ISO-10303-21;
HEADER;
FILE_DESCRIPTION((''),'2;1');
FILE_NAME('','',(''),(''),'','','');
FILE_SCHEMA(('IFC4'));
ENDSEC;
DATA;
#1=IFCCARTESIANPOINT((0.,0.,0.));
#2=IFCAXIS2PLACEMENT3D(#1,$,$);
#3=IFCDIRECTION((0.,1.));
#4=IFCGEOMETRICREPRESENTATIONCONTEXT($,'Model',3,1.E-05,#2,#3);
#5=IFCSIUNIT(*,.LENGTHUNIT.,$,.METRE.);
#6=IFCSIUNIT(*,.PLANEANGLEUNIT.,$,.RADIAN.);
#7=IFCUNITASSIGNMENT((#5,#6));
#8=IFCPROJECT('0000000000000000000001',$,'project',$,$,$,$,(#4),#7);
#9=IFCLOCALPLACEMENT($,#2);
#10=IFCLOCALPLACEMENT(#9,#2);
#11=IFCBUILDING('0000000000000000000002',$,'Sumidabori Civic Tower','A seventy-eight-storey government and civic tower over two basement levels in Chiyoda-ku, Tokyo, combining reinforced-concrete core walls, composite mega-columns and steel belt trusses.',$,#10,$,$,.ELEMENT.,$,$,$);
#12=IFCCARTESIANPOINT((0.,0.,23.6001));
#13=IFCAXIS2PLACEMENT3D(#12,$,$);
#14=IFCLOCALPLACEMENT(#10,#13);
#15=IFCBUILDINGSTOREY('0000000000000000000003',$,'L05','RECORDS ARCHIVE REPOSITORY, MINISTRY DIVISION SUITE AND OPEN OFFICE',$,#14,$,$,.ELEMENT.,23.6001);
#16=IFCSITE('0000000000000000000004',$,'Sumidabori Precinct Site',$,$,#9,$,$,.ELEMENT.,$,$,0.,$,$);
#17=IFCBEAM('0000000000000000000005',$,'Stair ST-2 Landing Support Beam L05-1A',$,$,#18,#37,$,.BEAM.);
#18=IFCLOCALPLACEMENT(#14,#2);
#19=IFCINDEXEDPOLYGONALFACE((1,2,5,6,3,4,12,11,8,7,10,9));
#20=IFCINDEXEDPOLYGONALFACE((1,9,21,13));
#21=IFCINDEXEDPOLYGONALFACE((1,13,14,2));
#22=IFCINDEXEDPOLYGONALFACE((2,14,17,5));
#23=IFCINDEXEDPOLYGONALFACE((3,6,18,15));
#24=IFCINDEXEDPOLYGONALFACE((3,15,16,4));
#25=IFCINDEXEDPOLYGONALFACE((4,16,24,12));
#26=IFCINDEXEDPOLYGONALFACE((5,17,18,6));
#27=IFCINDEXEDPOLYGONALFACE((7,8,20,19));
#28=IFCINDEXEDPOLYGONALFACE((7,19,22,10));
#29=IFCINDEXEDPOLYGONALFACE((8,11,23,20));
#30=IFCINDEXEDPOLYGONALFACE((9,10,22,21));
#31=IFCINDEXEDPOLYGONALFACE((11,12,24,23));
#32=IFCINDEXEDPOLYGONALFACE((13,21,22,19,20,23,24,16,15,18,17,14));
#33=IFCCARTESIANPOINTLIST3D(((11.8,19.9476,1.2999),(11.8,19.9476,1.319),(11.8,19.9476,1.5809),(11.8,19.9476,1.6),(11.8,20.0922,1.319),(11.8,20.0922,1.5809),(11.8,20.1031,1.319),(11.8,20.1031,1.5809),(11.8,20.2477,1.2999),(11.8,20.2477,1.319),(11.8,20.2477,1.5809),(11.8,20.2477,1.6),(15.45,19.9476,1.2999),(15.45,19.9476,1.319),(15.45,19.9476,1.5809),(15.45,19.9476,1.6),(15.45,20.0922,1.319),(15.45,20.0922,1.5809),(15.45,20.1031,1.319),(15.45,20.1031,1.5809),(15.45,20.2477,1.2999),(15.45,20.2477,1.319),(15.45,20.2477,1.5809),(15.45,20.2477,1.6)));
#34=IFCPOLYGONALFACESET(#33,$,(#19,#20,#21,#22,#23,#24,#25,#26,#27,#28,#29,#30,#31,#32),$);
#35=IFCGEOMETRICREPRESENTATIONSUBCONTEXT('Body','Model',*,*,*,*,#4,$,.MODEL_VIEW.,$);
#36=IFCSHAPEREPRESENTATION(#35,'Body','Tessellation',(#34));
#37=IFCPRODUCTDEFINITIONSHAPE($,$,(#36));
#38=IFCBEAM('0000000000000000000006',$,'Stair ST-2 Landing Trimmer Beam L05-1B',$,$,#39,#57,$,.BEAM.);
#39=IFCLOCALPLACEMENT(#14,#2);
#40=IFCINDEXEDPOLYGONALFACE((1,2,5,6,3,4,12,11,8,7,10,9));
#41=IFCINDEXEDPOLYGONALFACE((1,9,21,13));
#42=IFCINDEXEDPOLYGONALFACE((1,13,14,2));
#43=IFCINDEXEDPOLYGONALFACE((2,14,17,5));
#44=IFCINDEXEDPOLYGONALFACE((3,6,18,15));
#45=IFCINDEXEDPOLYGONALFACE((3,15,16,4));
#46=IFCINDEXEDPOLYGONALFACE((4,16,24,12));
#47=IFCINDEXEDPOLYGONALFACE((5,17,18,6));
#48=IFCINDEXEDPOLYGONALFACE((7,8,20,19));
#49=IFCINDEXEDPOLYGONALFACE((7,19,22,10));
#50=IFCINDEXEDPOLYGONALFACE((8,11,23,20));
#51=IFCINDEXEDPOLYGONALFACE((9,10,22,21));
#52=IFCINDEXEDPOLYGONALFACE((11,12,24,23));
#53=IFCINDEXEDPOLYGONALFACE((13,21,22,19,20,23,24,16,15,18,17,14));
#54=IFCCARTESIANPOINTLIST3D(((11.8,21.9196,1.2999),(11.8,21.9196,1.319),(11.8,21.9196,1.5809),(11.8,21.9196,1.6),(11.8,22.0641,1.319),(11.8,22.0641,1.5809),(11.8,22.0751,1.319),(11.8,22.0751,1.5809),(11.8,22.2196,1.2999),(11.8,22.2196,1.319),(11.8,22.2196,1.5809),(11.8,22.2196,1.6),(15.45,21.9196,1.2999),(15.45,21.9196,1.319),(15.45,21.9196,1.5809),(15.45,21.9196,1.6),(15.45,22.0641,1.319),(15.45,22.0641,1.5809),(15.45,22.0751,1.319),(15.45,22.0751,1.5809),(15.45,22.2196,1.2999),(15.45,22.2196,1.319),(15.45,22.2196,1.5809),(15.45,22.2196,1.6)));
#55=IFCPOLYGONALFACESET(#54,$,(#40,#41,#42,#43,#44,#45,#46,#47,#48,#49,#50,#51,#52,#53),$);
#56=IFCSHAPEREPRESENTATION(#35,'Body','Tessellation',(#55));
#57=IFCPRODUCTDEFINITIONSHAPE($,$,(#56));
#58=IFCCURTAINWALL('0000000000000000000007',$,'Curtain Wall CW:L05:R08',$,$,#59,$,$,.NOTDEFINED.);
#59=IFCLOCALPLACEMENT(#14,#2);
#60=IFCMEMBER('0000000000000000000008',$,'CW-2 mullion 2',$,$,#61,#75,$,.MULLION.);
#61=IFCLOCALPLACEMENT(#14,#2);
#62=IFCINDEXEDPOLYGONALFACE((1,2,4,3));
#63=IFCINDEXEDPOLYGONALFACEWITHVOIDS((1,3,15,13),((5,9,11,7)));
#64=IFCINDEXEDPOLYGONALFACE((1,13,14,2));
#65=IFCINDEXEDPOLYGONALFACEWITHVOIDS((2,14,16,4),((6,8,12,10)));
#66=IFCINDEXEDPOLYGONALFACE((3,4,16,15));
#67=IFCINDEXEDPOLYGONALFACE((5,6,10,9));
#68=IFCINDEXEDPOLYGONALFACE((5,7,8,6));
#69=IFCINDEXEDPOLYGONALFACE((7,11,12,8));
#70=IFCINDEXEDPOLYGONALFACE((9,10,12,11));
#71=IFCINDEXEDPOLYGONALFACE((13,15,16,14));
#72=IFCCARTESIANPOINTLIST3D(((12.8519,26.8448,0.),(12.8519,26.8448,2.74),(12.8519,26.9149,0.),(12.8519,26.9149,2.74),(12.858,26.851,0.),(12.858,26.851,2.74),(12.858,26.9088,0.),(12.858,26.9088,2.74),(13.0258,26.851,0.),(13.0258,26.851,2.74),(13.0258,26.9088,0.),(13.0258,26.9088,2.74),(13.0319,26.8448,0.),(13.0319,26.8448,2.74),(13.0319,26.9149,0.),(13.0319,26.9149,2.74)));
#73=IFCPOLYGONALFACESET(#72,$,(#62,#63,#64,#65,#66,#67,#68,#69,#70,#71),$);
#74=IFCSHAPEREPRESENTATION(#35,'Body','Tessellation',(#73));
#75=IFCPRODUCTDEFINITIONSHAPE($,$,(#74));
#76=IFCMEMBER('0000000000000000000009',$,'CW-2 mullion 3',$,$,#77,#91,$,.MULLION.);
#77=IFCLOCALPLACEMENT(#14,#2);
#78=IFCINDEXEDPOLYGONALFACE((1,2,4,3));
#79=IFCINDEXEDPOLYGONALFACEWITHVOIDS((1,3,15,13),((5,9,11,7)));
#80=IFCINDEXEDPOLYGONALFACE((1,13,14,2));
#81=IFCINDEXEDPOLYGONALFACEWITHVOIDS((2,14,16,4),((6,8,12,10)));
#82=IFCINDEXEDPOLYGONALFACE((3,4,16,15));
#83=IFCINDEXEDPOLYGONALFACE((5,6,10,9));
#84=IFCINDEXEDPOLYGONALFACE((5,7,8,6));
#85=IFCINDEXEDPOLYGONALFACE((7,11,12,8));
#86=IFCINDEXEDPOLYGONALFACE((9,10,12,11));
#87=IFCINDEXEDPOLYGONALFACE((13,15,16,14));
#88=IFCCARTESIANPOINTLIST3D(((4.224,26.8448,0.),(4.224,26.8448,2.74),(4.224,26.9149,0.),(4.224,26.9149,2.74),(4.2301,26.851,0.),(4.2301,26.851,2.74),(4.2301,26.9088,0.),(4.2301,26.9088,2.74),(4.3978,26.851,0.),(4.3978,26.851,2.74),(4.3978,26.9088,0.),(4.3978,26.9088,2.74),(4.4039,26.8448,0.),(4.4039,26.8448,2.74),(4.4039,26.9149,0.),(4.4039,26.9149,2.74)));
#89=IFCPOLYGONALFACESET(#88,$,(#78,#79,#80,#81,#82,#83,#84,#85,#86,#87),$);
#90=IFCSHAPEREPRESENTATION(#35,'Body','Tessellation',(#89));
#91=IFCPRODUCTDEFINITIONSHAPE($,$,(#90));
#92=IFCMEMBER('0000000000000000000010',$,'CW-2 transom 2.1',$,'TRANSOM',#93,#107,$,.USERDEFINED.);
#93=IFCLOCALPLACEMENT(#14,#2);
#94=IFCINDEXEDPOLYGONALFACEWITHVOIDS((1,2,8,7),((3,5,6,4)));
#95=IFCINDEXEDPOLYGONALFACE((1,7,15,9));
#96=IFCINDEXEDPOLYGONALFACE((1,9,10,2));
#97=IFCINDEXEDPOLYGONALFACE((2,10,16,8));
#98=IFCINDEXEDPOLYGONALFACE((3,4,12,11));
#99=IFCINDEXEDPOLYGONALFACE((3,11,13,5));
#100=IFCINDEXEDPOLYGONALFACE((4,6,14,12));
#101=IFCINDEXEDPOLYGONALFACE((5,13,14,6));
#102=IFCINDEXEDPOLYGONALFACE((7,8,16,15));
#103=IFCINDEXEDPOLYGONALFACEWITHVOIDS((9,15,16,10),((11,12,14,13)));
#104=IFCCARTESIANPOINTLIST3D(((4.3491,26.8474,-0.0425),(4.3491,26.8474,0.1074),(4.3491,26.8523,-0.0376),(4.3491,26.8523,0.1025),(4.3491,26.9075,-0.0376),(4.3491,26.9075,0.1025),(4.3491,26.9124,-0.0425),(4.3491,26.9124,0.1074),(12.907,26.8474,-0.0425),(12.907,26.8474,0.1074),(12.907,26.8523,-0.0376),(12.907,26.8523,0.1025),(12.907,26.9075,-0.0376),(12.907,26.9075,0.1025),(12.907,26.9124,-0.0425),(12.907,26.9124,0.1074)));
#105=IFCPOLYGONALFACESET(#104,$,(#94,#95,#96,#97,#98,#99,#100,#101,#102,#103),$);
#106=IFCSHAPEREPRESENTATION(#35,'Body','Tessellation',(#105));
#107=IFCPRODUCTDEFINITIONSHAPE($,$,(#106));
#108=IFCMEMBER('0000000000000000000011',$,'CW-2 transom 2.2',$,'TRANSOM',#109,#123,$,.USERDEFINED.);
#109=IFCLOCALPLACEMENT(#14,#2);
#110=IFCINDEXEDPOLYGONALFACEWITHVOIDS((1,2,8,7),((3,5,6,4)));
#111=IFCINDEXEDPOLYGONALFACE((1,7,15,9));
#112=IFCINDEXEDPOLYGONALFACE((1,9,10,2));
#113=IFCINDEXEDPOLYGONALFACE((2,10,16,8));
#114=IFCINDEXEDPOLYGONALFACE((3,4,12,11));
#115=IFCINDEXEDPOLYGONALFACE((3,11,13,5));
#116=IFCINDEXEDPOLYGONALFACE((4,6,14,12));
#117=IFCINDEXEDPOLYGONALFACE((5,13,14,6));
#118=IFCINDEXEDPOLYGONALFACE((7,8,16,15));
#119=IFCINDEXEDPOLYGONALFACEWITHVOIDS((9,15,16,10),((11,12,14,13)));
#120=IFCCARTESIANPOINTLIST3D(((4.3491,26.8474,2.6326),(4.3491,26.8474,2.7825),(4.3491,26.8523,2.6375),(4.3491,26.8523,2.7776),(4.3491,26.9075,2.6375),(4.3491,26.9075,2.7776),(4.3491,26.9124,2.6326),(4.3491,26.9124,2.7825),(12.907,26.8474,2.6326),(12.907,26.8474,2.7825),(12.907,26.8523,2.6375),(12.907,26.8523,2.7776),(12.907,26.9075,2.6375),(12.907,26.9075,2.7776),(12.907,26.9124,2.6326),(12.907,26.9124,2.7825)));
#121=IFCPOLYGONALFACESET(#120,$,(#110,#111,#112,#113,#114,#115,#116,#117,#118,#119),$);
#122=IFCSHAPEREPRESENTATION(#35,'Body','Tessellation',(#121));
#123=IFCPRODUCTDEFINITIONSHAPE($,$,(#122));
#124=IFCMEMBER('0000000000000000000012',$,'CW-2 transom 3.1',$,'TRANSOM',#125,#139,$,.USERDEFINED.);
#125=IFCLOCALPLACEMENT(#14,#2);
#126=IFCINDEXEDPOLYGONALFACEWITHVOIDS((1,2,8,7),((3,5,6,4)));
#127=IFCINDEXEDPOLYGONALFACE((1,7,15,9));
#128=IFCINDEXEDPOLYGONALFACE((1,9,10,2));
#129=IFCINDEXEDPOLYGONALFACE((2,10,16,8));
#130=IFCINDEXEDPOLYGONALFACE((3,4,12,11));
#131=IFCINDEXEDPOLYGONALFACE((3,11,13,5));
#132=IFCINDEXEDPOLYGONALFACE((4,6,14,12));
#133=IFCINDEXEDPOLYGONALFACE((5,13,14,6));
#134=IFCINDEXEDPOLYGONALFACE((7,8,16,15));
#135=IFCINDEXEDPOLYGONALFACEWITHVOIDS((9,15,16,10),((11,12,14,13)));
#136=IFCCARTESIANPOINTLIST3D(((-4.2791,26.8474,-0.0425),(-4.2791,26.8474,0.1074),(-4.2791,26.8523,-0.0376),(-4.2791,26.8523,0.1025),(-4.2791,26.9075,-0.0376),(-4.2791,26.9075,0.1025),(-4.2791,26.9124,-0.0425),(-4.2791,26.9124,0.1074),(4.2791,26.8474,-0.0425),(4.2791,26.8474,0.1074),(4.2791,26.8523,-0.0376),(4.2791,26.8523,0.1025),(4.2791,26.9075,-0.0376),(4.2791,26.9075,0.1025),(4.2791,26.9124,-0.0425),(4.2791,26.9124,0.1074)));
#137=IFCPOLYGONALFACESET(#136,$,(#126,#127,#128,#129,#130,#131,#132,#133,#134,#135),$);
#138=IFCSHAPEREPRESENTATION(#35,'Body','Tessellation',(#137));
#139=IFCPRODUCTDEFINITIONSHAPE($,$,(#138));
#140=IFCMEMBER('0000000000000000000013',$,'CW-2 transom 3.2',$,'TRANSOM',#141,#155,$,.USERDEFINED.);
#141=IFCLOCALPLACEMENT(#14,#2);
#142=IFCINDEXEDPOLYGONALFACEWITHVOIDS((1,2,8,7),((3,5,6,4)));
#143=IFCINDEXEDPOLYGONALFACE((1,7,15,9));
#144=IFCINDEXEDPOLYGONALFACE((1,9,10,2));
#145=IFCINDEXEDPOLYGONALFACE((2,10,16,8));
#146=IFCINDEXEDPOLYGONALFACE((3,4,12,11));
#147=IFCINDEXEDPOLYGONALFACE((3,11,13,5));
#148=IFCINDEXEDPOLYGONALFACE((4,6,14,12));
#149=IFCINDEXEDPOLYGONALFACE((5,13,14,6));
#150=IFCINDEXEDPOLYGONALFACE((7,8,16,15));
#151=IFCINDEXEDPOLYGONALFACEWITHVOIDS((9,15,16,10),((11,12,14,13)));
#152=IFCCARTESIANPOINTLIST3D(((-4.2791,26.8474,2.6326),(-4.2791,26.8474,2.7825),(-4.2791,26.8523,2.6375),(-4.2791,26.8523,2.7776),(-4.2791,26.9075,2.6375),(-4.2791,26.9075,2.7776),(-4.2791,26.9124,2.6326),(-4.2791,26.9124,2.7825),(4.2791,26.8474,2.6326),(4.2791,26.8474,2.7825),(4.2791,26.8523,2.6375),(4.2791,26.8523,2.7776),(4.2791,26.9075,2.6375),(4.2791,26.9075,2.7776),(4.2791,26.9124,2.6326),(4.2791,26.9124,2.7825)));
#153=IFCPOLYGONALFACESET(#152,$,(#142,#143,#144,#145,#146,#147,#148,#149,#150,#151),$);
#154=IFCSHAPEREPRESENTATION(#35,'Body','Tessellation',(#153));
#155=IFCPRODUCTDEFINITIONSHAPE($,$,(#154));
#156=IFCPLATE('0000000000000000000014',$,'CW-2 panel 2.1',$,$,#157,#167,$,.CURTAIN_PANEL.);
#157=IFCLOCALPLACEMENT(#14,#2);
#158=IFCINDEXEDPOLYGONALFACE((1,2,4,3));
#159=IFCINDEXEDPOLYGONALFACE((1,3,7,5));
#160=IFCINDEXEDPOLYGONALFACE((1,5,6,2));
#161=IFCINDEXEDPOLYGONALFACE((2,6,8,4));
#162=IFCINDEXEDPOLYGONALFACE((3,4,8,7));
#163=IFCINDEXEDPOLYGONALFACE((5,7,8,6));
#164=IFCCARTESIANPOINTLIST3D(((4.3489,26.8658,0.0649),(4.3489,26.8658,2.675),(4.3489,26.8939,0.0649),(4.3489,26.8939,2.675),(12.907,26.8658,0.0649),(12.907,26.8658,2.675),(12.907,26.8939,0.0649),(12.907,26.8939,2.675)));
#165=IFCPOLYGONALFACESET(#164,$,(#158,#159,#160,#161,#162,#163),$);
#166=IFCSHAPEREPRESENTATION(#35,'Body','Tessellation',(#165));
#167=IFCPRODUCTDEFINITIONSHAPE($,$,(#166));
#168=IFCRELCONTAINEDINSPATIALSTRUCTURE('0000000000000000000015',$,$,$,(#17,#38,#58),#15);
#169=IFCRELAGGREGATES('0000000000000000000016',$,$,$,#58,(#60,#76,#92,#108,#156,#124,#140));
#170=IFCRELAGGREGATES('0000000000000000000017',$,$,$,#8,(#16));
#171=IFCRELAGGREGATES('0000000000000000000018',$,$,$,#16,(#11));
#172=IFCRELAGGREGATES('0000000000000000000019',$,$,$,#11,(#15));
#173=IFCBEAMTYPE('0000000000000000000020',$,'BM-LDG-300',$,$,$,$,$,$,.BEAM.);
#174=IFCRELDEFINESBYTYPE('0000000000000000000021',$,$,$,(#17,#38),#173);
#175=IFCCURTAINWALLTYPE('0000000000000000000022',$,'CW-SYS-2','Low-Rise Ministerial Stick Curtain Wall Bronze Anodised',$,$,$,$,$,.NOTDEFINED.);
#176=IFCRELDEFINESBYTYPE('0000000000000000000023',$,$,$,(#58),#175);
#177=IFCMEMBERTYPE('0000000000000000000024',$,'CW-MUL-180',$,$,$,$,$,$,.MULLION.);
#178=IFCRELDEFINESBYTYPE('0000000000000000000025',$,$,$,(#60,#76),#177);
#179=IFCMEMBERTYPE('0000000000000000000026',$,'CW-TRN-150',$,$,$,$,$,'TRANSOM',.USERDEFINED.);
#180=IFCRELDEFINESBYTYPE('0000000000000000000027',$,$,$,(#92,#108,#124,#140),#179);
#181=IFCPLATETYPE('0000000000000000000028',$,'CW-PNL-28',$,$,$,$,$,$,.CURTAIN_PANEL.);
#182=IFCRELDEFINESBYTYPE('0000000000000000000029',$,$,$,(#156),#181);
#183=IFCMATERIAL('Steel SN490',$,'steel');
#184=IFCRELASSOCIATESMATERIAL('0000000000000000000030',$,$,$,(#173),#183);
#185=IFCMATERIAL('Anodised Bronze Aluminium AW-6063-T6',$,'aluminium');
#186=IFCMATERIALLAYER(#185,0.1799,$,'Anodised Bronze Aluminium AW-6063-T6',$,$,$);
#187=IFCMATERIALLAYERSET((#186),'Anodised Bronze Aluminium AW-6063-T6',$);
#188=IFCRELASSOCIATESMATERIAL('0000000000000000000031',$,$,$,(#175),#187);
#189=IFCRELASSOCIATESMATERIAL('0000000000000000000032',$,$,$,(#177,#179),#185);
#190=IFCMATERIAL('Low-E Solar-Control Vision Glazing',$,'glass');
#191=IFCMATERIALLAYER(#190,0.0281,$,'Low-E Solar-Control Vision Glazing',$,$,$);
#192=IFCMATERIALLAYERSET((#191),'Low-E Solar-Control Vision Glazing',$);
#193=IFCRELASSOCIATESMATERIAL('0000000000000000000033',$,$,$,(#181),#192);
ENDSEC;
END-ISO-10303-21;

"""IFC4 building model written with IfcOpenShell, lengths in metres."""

from ifc_helpers import new_model, si_unit, direction, frame, origin, origin_2d, place, context, subcontext, project, spatial, rectangle, hollow_rectangle, i_section, extrude, source, transform, mapped, material, layer, layer_set, material_profile, profile_set, type_object, element, aggregate, save


model = new_model("IFC4")

# Units and contexts
model_context = context("Model", 3, precision=1e-05, world=origin(), true_north=direction((0.0, 1.0)))
body_context = subcontext(model_context, "Body", "Model", "MODEL_VIEW")
ifc_project = project(units=[si_unit("LENGTHUNIT", "METRE"), si_unit("PLANEANGLEUNIT", "RADIAN")], contexts=[model_context])

# Site, building, storey
site_placement = place(None, origin())
site = spatial("IfcSite", under=ifc_project, at=site_placement, Name="Sumidabori Precinct Site", CompositionType="ELEMENT", RefElevation=0.0)
building_placement = place(site_placement, origin())
building = spatial("IfcBuilding", under=site, at=building_placement, Name="Sumidabori Civic Tower", Description="A seventy-eight-storey government and civic tower over two basement levels in Chiyoda-ku, Tokyo, combining reinforced-concrete core walls, composite mega-columns and steel belt trusses.", CompositionType="ELEMENT")
storey_placement = place(building_placement, frame((0.0, 0.0, 23.6001)))
storey = spatial("IfcBuildingStorey", under=building, at=storey_placement, Name="L05", Description="RECORDS ARCHIVE REPOSITORY, MINISTRY DIVISION SUITE AND OPEN OFFICE", CompositionType="ELEMENT", Elevation=23.6001)

# Beams
ifc_material_1 = material(Name="Steel SN490", Category="steel")
ifc_material_profile_1 = material_profile(ifc_material_1, i_section(OverallWidth=0.3, OverallDepth=0.3, WebThickness=0.011, FlangeThickness=0.019, at=origin_2d()), Name="HE 300 B")
ifc_profile_set_1 = profile_set([ifc_material_profile_1], Name="Steel SN490")
beam_type = type_object("IfcBeamType", Name="BM-LDG-300", PredefinedType="BEAM", material=ifc_profile_set_1)
shared_shape_1 = source(origin(), body_context, "Body", "SweptSolid", [
    extrude(i_section(OverallWidth=0.3, OverallDepth=0.3, WebThickness=0.011, FlangeThickness=0.019, at=origin_2d()), origin(), (0.0, 0.0, 1.0), 3.6499),
])
for number, where, z_axis, x_axis, name in (
    (1, (11.8, 20.0977, 1.45), (1.0, 0.0, 0.0), (0.0, 1.0, 0.0), "Stair ST-2 Landing Support Beam L05-1A"),
    (2, (11.8, 22.0696, 1.45), (1.0, 0.0, 0.0), (0.0, 1.0, 0.0), "Stair ST-2 Landing Trimmer Beam L05-1B"),
):
    element("IfcBeam", number, at=place(storey_placement, frame(where, z_axis=z_axis, x_axis=x_axis)), inside=storey, type_object=beam_type, Name=name, PredefinedType="BEAM", context=body_context, shape_type="MappedRepresentation", body=[
        mapped(shared_shape_1, transform((0.0, 0.0, 0.0), x_axis=(1.0, 0.0, 0.0), y_axis=(0.0, 1.0, 0.0), z_axis=(0.0, 0.0, 1.0), scale=1.0)),
    ])

# Curtain wall, members, plate
ifc_material_2 = material(Name="Anodised Bronze Aluminium AW-6063-T6", Category="aluminium")
ifc_layer_1 = layer(ifc_material_2, 0.1799, Name="Anodised Bronze Aluminium AW-6063-T6")
ifc_layer_set_1 = layer_set([ifc_layer_1], Name="Anodised Bronze Aluminium AW-6063-T6")
curtain_wall_type = type_object("IfcCurtainWallType", Name="CW-SYS-2", Description="Low-Rise Ministerial Stick Curtain Wall Bronze Anodised", PredefinedType="NOTDEFINED", material=ifc_layer_set_1)
curtain_wall_placement = place(storey_placement, origin())
curtain_wall = element("IfcCurtainWall", 3, at=curtain_wall_placement, inside=storey, type_object=curtain_wall_type, Name="Curtain Wall CW:L05:R08", PredefinedType="NOTDEFINED")
ifc_material_profile_2 = material_profile(ifc_material_2, hollow_rectangle(XDim=0.0701, YDim=0.1799, WallThickness=0.0061, at=origin_2d()), Name="ALU MULLION 180x70")
ifc_profile_set_2 = profile_set([ifc_material_profile_2], Name="Anodised Bronze Aluminium AW-6063-T6")
member_type_1 = type_object("IfcMemberType", Name="CW-MUL-180", PredefinedType="MULLION", material=ifc_profile_set_2)
shared_shape_2 = source(origin(), body_context, "Body", "SweptSolid", [
    extrude(hollow_rectangle(XDim=0.0701, YDim=0.1799, WallThickness=0.0061, at=origin_2d()), origin(), (0.0, 0.0, 1.0), 2.74),
])
member_1_placement = place(storey_placement, frame((12.9419, 26.8799, 0.0), z_axis=(0.0, 0.0, 1.0), x_axis=(0.0, -1.0, 0.0)))
member_1 = element("IfcMember", 4, at=member_1_placement, type_object=member_type_1, Name="CW-2 mullion 2", PredefinedType="MULLION", context=body_context, shape_type="MappedRepresentation", body=[
    mapped(shared_shape_2, transform((0.0, 0.0, 0.0), x_axis=(1.0, 0.0, 0.0), y_axis=(0.0, 1.0, 0.0), z_axis=(0.0, 0.0, 1.0), scale=1.0)),
])
member_2_placement = place(storey_placement, frame((4.314, 26.8799, 0.0), z_axis=(0.0, 0.0, 1.0), x_axis=(0.0, -1.0, 0.0)))
member_2 = element("IfcMember", 5, at=member_2_placement, type_object=member_type_1, Name="CW-2 mullion 3", PredefinedType="MULLION", context=body_context, shape_type="MappedRepresentation", body=[
    mapped(shared_shape_2, transform((0.0, 0.0, 0.0), x_axis=(1.0, 0.0, 0.0), y_axis=(0.0, 1.0, 0.0), z_axis=(0.0, 0.0, 1.0), scale=1.0)),
])
ifc_material_profile_3 = material_profile(ifc_material_2, hollow_rectangle(XDim=0.0649, YDim=0.1499, WallThickness=0.0049, at=origin_2d()), Name="ALU TRANSOM 150x65")
ifc_profile_set_3 = profile_set([ifc_material_profile_3], Name="Anodised Bronze Aluminium AW-6063-T6")
member_type_2 = type_object("IfcMemberType", Name="CW-TRN-150", ElementType="TRANSOM", PredefinedType="USERDEFINED", material=ifc_profile_set_3)
shared_shape_3 = source(origin(), body_context, "Body", "SweptSolid", [
    extrude(hollow_rectangle(XDim=0.0649, YDim=0.1499, WallThickness=0.0049, at=origin_2d()), origin(), (0.0, 0.0, 1.0), 8.5579),
])
member_3_placement = place(storey_placement, frame((12.907, 26.8799, 0.0325), z_axis=(-1.0, 0.0, 0.0), x_axis=(0.0, -1.0, 0.0)))
member_3 = element("IfcMember", 6, at=member_3_placement, type_object=member_type_2, Name="CW-2 transom 2.1", ObjectType="TRANSOM", PredefinedType="USERDEFINED", context=body_context, shape_type="MappedRepresentation", body=[
    mapped(shared_shape_3, transform((0.0, 0.0, 0.0), x_axis=(1.0, 0.0, 0.0), y_axis=(0.0, 1.0, 0.0), z_axis=(0.0, 0.0, 1.0), scale=1.0)),
])
member_4_placement = place(storey_placement, frame((12.907, 26.8799, 2.7075), z_axis=(-1.0, 0.0, 0.0), x_axis=(0.0, -1.0, 0.0)))
member_4 = element("IfcMember", 7, at=member_4_placement, type_object=member_type_2, Name="CW-2 transom 2.2", ObjectType="TRANSOM", PredefinedType="USERDEFINED", context=body_context, shape_type="MappedRepresentation", body=[
    mapped(shared_shape_3, transform((0.0, 0.0, 0.0), x_axis=(1.0, 0.0, 0.0), y_axis=(0.0, 1.0, 0.0), z_axis=(0.0, 0.0, 1.0), scale=1.0)),
])
shared_shape_4 = source(origin(), body_context, "Body", "SweptSolid", [
    extrude(hollow_rectangle(XDim=0.0649, YDim=0.1499, WallThickness=0.0049, at=origin_2d()), origin(), (0.0, 0.0, 1.0), 8.5581),
])
member_5_placement = place(storey_placement, frame((4.2791, 26.8799, 0.0325), z_axis=(-1.0, 0.0, 0.0), x_axis=(0.0, -1.0, 0.0)))
member_5 = element("IfcMember", 8, at=member_5_placement, type_object=member_type_2, Name="CW-2 transom 3.1", ObjectType="TRANSOM", PredefinedType="USERDEFINED", context=body_context, shape_type="MappedRepresentation", body=[
    mapped(shared_shape_4, transform((0.0, 0.0, 0.0), x_axis=(1.0, 0.0, 0.0), y_axis=(0.0, 1.0, 0.0), z_axis=(0.0, 0.0, 1.0), scale=1.0)),
])
member_6_placement = place(storey_placement, frame((4.2791, 26.8799, 2.7075), z_axis=(-1.0, 0.0, 0.0), x_axis=(0.0, -1.0, 0.0)))
member_6 = element("IfcMember", 9, at=member_6_placement, type_object=member_type_2, Name="CW-2 transom 3.2", ObjectType="TRANSOM", PredefinedType="USERDEFINED", context=body_context, shape_type="MappedRepresentation", body=[
    mapped(shared_shape_4, transform((0.0, 0.0, 0.0), x_axis=(1.0, 0.0, 0.0), y_axis=(0.0, 1.0, 0.0), z_axis=(0.0, 0.0, 1.0), scale=1.0)),
])
ifc_material_3 = material(Name="Low-E Solar-Control Vision Glazing", Category="glass")
ifc_layer_2 = layer(ifc_material_3, 0.0281, Name="Low-E Solar-Control Vision Glazing")
ifc_layer_set_2 = layer_set([ifc_layer_2], Name="Low-E Solar-Control Vision Glazing")
plate_type = type_object("IfcPlateType", Name="CW-PNL-28", PredefinedType="CURTAIN_PANEL", material=ifc_layer_set_2)
shared_shape_5 = source(origin(), body_context, "Body", "SweptSolid", [
    extrude(rectangle(XDim=8.5581, YDim=0.0281, at=origin_2d()), origin(), (0.0, 0.0, 1.0), 2.6101),
])
plate_placement = place(storey_placement, frame((8.6279, 26.8799, 0.0649), z_axis=(0.0, 0.0, 1.0), x_axis=(-1.0, 0.0, 0.0)))
plate = element("IfcPlate", 10, at=plate_placement, type_object=plate_type, Name="CW-2 panel 2.1", PredefinedType="CURTAIN_PANEL", context=body_context, shape_type="MappedRepresentation", body=[
    mapped(shared_shape_5, transform((0.0, 0.0, 0.0), x_axis=(1.0, 0.0, 0.0), y_axis=(0.0, 1.0, 0.0), z_axis=(0.0, 0.0, 1.0), scale=1.0)),
])
aggregate(curtain_wall, [member_1, member_2, member_3, member_4, plate, member_5, member_6])

save(model, "model.ifc")
